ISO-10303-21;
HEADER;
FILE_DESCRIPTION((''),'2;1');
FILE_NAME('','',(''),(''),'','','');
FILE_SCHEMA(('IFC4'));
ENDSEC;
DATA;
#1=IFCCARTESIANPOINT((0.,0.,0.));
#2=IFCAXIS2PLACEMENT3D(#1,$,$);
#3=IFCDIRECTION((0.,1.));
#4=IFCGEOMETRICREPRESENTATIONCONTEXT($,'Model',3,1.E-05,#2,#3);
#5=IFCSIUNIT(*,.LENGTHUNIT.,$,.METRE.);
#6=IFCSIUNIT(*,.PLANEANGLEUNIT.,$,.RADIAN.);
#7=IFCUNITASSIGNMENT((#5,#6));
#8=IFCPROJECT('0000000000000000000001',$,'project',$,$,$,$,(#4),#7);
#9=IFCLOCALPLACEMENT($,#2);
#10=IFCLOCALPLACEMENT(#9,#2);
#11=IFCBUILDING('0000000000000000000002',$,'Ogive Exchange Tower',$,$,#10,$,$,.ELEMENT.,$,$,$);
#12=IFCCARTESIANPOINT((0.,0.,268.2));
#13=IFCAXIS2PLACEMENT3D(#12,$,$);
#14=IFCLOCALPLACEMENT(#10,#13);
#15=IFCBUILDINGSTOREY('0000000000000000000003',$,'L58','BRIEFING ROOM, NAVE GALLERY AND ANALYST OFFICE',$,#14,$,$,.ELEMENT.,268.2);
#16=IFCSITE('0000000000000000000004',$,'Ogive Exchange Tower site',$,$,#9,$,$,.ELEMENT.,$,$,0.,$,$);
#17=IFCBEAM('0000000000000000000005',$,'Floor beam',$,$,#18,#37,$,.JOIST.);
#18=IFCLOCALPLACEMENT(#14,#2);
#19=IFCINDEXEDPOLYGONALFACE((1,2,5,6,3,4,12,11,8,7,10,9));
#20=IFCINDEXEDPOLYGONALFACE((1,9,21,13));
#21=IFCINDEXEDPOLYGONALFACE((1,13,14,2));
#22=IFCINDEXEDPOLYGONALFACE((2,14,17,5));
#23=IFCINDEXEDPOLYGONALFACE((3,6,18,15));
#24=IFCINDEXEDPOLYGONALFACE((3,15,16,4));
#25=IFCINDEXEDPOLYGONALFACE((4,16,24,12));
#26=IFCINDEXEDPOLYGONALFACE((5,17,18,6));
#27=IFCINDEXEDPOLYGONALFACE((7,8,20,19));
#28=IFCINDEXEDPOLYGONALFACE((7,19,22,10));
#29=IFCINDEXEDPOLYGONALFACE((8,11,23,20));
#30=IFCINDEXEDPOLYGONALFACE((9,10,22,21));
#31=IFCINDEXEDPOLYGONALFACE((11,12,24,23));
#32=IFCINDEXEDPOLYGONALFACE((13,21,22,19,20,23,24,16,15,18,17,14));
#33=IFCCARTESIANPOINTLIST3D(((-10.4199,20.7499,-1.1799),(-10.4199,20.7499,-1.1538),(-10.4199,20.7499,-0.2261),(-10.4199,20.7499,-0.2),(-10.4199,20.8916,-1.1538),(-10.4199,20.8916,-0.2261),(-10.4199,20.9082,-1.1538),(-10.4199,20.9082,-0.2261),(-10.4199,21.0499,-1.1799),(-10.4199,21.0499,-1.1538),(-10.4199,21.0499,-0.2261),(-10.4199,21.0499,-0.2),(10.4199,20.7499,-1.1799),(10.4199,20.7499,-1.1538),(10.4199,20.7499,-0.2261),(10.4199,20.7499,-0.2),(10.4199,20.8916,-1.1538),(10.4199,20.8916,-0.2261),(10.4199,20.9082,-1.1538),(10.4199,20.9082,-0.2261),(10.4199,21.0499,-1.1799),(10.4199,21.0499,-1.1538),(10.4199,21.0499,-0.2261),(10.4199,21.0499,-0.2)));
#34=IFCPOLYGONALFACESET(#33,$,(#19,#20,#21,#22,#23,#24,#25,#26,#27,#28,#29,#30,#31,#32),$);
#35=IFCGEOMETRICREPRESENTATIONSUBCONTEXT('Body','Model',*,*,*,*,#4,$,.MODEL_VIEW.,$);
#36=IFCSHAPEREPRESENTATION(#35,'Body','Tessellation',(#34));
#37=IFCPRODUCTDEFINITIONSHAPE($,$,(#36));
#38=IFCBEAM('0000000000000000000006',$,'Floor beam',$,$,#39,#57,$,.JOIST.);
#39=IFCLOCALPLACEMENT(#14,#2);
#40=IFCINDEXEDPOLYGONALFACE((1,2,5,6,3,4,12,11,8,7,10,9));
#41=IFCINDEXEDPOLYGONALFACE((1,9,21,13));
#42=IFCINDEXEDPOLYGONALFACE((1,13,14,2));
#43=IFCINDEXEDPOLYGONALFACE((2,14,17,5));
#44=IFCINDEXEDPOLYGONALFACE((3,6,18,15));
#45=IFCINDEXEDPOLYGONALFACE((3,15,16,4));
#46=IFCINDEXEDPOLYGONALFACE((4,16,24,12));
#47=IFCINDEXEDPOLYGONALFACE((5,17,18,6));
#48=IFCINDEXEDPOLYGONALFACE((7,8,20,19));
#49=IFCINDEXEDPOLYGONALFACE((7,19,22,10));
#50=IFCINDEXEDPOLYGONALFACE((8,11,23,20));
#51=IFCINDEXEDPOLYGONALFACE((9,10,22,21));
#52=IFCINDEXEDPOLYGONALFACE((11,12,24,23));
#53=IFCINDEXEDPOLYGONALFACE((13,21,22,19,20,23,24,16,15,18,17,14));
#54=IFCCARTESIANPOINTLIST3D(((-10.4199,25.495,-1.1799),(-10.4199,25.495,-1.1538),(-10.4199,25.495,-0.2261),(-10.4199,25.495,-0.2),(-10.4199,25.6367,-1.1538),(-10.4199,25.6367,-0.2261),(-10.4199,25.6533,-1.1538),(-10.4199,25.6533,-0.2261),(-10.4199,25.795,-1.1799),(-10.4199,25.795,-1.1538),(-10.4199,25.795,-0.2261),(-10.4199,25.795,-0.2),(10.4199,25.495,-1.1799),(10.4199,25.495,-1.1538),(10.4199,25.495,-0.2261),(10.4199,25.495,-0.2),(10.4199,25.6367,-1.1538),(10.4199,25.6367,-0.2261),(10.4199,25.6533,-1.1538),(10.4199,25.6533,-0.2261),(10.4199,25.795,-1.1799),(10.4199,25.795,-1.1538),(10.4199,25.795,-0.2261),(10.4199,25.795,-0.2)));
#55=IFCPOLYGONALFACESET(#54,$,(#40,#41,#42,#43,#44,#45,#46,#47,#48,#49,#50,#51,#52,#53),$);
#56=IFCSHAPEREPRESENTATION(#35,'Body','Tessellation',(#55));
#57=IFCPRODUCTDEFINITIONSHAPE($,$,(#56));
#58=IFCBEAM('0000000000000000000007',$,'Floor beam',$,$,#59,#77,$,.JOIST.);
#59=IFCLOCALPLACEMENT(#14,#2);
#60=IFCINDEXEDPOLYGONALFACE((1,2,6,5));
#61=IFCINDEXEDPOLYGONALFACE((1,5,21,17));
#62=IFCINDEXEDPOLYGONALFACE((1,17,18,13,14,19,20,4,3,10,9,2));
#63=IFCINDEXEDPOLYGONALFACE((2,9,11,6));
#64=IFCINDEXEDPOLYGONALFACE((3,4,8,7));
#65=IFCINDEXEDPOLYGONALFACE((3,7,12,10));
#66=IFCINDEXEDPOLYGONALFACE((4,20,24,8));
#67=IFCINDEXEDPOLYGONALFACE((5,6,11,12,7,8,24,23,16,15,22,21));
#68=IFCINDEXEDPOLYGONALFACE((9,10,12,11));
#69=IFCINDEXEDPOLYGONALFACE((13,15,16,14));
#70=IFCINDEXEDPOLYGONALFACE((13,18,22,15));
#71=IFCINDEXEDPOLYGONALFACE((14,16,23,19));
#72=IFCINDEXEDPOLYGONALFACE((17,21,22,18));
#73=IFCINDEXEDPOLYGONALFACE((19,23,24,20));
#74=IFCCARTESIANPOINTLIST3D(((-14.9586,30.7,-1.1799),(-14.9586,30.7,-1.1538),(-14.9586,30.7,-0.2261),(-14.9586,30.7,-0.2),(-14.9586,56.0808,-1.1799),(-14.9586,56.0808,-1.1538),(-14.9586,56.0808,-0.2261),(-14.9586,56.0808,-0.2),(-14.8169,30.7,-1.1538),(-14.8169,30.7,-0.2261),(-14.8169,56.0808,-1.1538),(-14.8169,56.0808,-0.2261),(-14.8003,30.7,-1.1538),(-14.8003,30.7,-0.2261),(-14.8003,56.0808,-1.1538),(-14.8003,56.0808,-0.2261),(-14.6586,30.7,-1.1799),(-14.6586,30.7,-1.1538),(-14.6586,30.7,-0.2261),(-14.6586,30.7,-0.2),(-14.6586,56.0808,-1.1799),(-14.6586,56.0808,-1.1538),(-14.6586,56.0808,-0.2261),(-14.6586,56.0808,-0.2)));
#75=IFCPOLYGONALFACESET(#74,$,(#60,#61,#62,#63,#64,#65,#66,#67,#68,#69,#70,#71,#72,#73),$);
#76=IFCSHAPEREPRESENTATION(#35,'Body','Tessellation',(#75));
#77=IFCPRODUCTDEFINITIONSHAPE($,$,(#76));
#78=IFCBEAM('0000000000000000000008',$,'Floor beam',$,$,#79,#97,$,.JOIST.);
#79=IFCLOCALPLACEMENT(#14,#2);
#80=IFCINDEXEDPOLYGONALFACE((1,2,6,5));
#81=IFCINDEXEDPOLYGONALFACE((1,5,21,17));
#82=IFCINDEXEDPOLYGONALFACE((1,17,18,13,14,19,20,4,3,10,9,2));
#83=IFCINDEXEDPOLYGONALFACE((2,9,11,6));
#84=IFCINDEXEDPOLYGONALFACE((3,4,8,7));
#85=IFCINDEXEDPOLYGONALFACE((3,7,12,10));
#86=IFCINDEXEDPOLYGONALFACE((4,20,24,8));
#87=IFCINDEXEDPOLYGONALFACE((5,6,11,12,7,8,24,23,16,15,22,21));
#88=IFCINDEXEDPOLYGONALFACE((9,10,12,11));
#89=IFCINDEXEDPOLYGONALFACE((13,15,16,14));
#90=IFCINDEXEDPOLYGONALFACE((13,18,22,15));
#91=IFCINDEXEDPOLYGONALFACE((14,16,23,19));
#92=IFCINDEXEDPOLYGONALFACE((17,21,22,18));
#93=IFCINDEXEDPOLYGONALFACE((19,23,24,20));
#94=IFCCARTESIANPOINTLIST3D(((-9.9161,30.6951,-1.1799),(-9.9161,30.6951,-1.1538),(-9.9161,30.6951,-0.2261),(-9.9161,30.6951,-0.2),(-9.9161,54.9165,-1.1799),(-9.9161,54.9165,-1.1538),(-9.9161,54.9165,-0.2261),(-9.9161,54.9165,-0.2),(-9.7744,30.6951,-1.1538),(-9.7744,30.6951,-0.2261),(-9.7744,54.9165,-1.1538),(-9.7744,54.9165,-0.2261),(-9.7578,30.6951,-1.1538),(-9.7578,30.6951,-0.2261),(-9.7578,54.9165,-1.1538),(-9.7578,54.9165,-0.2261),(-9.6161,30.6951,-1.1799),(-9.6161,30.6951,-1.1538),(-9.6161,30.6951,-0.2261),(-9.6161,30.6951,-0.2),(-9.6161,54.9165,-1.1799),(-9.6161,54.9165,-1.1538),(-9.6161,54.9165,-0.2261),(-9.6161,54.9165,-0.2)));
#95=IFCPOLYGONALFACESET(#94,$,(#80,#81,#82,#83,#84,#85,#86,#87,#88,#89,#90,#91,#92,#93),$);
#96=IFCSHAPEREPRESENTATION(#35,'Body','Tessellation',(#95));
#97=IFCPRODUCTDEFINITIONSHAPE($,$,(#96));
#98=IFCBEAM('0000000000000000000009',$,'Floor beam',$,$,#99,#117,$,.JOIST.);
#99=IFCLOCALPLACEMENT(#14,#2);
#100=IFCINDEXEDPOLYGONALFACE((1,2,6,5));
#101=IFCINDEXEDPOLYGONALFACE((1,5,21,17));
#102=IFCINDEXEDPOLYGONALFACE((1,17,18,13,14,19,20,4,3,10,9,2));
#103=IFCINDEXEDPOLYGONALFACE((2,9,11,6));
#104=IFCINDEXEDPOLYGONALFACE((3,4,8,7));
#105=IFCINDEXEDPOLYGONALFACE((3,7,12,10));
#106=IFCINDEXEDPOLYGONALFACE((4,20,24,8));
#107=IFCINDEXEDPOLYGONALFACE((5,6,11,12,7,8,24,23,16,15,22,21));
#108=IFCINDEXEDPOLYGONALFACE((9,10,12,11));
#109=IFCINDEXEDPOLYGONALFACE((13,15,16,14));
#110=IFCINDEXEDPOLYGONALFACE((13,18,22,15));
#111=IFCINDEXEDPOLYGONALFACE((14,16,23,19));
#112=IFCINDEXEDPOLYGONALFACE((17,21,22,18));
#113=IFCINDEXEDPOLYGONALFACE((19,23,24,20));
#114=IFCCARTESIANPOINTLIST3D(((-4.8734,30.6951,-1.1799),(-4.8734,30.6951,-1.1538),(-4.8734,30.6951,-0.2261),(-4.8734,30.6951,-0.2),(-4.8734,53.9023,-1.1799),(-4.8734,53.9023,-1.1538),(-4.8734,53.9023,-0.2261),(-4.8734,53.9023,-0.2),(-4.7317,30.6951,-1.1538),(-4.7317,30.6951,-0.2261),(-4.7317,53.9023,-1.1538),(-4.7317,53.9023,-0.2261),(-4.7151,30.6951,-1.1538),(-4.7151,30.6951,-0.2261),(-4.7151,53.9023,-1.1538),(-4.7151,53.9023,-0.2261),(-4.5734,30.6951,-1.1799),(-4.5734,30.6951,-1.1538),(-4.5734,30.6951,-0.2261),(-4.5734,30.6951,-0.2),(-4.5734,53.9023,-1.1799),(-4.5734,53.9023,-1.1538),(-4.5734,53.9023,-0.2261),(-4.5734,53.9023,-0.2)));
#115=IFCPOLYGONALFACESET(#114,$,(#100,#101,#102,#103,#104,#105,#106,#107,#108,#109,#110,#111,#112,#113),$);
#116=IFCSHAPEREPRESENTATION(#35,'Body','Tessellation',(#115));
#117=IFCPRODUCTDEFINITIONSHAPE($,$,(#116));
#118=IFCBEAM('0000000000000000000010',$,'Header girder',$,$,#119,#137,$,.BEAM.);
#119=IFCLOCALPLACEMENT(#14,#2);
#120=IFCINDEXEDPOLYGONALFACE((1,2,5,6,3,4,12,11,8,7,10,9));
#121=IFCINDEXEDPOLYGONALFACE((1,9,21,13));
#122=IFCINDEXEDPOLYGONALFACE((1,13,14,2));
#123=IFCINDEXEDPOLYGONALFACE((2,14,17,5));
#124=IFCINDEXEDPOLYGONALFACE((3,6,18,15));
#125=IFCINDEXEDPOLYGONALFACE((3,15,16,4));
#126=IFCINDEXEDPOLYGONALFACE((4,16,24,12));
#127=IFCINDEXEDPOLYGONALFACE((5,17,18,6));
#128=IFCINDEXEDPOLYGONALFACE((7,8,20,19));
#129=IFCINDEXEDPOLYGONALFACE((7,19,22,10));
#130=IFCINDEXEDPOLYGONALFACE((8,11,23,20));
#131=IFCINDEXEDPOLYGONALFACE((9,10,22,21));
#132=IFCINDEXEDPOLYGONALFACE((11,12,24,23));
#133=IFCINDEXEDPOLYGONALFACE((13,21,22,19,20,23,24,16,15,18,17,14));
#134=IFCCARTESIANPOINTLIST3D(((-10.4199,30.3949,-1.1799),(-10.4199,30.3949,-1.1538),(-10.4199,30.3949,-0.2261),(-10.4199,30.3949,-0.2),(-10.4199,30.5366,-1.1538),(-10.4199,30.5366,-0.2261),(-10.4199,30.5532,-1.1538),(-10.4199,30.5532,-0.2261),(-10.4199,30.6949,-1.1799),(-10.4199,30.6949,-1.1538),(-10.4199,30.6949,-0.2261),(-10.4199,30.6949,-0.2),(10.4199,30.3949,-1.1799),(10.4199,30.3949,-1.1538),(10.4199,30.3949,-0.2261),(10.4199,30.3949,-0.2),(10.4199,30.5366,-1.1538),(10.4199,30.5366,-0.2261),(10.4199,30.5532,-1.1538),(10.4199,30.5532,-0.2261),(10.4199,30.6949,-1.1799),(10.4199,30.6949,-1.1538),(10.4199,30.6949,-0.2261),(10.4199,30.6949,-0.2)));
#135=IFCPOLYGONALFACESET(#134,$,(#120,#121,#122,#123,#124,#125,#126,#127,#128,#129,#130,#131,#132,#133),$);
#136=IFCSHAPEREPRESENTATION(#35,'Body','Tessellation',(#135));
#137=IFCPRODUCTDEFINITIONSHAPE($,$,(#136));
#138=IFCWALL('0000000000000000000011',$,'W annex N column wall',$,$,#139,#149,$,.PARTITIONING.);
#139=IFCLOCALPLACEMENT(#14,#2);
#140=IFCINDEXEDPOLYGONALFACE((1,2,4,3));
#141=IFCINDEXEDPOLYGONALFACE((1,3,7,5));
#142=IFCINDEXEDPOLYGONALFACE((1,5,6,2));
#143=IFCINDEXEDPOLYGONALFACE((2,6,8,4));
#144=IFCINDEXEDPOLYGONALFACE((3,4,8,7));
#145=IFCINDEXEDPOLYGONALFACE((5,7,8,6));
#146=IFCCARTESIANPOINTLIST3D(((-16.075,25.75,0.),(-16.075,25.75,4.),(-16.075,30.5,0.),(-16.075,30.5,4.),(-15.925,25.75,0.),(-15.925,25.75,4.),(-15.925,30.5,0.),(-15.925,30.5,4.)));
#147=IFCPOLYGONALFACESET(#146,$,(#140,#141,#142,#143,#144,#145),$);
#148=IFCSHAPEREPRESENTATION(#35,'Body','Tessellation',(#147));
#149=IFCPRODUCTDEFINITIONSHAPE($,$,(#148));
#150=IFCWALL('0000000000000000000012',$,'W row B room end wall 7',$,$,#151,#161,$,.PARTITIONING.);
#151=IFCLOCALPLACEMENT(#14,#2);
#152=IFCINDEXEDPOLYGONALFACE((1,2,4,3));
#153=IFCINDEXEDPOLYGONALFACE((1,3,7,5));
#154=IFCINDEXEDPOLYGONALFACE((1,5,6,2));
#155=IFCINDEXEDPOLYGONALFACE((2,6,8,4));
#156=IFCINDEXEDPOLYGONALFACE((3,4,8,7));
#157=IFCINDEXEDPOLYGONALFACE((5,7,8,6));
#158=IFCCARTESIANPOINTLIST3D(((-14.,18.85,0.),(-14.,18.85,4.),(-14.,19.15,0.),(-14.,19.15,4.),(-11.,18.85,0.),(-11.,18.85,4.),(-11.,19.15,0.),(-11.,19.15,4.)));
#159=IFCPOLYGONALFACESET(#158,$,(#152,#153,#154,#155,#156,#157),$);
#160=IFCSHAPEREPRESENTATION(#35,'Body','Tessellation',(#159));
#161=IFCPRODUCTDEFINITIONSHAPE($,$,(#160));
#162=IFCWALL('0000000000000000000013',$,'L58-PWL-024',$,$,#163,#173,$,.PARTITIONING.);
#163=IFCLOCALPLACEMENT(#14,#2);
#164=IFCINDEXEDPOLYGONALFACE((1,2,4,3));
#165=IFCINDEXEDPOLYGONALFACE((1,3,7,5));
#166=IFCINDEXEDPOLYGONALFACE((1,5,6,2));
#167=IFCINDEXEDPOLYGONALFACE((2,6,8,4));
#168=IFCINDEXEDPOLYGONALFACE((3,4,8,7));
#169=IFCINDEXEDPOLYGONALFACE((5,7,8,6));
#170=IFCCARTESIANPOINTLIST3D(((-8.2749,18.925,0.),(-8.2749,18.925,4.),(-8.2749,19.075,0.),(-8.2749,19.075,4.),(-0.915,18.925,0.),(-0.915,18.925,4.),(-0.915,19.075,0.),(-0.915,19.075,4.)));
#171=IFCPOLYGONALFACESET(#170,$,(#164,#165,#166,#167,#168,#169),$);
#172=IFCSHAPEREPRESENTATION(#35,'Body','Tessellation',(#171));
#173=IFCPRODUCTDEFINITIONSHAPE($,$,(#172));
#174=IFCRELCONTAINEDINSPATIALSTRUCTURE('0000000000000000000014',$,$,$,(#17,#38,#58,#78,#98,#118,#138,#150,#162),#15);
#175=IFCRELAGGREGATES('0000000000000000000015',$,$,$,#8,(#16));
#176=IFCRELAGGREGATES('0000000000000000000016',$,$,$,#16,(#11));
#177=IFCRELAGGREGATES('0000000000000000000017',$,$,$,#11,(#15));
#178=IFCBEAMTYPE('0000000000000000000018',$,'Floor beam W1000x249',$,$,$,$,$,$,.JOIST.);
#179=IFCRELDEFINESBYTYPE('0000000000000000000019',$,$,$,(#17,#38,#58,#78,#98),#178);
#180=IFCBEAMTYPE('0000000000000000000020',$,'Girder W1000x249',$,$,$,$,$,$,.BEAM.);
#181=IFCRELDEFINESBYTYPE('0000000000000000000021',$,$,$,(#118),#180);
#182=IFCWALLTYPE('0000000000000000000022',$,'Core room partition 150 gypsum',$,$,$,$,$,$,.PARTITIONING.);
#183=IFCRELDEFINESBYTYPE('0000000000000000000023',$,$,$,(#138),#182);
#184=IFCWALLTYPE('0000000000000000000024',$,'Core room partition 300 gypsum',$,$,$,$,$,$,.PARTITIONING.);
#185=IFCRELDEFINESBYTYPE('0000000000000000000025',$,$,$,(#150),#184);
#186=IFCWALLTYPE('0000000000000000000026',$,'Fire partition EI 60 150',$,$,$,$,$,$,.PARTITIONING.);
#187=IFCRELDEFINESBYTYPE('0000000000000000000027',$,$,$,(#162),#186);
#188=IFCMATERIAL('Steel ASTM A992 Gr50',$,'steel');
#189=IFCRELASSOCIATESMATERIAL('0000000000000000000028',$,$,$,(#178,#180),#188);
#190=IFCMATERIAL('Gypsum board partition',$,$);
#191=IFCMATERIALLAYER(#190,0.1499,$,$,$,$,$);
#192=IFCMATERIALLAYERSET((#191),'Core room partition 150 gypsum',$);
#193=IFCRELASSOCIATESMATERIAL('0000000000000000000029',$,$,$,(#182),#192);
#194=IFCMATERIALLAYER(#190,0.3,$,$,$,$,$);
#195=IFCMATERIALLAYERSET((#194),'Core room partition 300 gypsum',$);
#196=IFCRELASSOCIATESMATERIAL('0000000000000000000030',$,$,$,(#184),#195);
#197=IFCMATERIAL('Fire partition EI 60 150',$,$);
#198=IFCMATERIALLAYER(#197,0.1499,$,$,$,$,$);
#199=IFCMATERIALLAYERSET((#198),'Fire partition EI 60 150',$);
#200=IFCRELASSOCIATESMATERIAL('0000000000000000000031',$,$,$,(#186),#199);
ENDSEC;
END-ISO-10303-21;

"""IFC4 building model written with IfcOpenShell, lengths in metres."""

from ifc_helpers import new_model, si_unit, direction, frame, frame_2d, origin, origin_2d, place, context, subcontext, project, spatial, rectangle, i_section, extrude, material, layer, layer_set, material_profile, profile_set, type_object, element, save


model = new_model("IFC4")

# Units and contexts
model_context = context("Model", 3, precision=1e-05, world=origin(), true_north=direction((0.0, 1.0)))
body_context = subcontext(model_context, "Body", "Model", "MODEL_VIEW")
ifc_project = project(units=[si_unit("LENGTHUNIT", "METRE"), si_unit("PLANEANGLEUNIT", "RADIAN")], contexts=[model_context])

# Site, building, storey
site_placement = place(None, origin())
site = spatial("IfcSite", under=ifc_project, at=site_placement, Name="Ogive Exchange Tower site", CompositionType="ELEMENT", RefElevation=0.0)
building_placement = place(site_placement, origin())
building = spatial("IfcBuilding", under=site, at=building_placement, Name="Ogive Exchange Tower", CompositionType="ELEMENT")
storey_placement = place(building_placement, frame((0.0, 0.0, 268.2)))
storey = spatial("IfcBuildingStorey", under=building, at=storey_placement, Name="L58", Description="BRIEFING ROOM, NAVE GALLERY AND ANALYST OFFICE", CompositionType="ELEMENT", Elevation=268.2)

# Beams
ifc_material_1 = material(Name="Steel ASTM A992 Gr50", Category="steel")
ifc_material_profile_1 = material_profile(ifc_material_1, i_section(OverallWidth=0.3, OverallDepth=0.98, WebThickness=0.0166, FlangeThickness=0.0261, at=origin_2d()), Name="W1000x249")
ifc_profile_set_1 = profile_set([ifc_material_profile_1], Name="Steel ASTM A992 Gr50")
beam_type_1 = type_object("IfcBeamType", Name="Floor beam W1000x249", PredefinedType="JOIST", material=ifc_profile_set_1)
for number, where, z_axis, x_axis, name in (
    (1, (-10.4199, 20.8999, -0.6899), (1.0, 0.0, 0.0), (0.0, 1.0, 0.0), "Floor beam"),
    (2, (-10.4199, 25.645, -0.6899), (1.0, 0.0, 0.0), (0.0, 1.0, 0.0), "Floor beam"),
):
    element("IfcBeam", number, at=place(storey_placement, frame(where, z_axis=z_axis, x_axis=x_axis)), inside=storey, type_object=beam_type_1, Name=name, PredefinedType="JOIST", context=body_context, shape_type="SweptSolid", body=[
        extrude(i_section(OverallWidth=0.3, OverallDepth=0.98, WebThickness=0.0166, FlangeThickness=0.0261, at=origin_2d()), origin(), (0.0, 0.0, 1.0), 20.8398),
    ])
beam_1_placement = place(storey_placement, frame((-14.8086, 30.7, -0.6899), z_axis=(0.0, 1.0, 0.0), x_axis=(-1.0, 0.0, 0.0)))
element("IfcBeam", 3, at=beam_1_placement, inside=storey, type_object=beam_type_1, Name="Floor beam", PredefinedType="JOIST", context=body_context, shape_type="SweptSolid", body=[
    extrude(i_section(OverallWidth=0.3, OverallDepth=0.98, WebThickness=0.0166, FlangeThickness=0.0261, at=origin_2d()), origin(), (0.0, 0.0, 1.0), 25.3809),
])
beam_2_placement = place(storey_placement, frame((-9.7661, 30.6951, -0.6899), z_axis=(0.0, 1.0, 0.0), x_axis=(-1.0, 0.0, 0.0)))
element("IfcBeam", 4, at=beam_2_placement, inside=storey, type_object=beam_type_1, Name="Floor beam", PredefinedType="JOIST", context=body_context, shape_type="SweptSolid", body=[
    extrude(i_section(OverallWidth=0.3, OverallDepth=0.98, WebThickness=0.0166, FlangeThickness=0.0261, at=origin_2d()), origin(), (0.0, 0.0, 1.0), 24.2214),
])
beam_3_placement = place(storey_placement, frame((-4.7234, 30.6951, -0.6899), z_axis=(0.0, 1.0, 0.0), x_axis=(-1.0, 0.0, 0.0)))
element("IfcBeam", 5, at=beam_3_placement, inside=storey, type_object=beam_type_1, Name="Floor beam", PredefinedType="JOIST", context=body_context, shape_type="SweptSolid", body=[
    extrude(i_section(OverallWidth=0.3, OverallDepth=0.98, WebThickness=0.0166, FlangeThickness=0.0261, at=origin_2d()), origin(), (0.0, 0.0, 1.0), 23.2073),
])
ifc_material_profile_2 = material_profile(ifc_material_1, i_section(OverallWidth=0.3, OverallDepth=0.98, WebThickness=0.0166, FlangeThickness=0.0261, at=origin_2d()), Name="W1000x249")
ifc_profile_set_2 = profile_set([ifc_material_profile_2], Name="Steel ASTM A992 Gr50")
beam_type_2 = type_object("IfcBeamType", Name="Girder W1000x249", PredefinedType="BEAM", material=ifc_profile_set_2)
beam_4_placement = place(storey_placement, frame((-10.4199, 30.5449, -0.6899), z_axis=(1.0, 0.0, 0.0), x_axis=(0.0, 1.0, 0.0)))
element("IfcBeam", 6, at=beam_4_placement, inside=storey, type_object=beam_type_2, Name="Header girder", PredefinedType="BEAM", context=body_context, shape_type="SweptSolid", body=[
    extrude(i_section(OverallWidth=0.3, OverallDepth=0.98, WebThickness=0.0166, FlangeThickness=0.0261, at=origin_2d()), origin(), (0.0, 0.0, 1.0), 20.8398),
])

# Walls
ifc_material_2 = material(Name="Gypsum board partition")
ifc_layer_1 = layer(ifc_material_2, 0.1499)
ifc_layer_set_1 = layer_set([ifc_layer_1], Name="Core room partition 150 gypsum")
wall_type_1 = type_object("IfcWallType", Name="Core room partition 150 gypsum", PredefinedType="PARTITIONING", material=ifc_layer_set_1)
wall_1_placement = place(storey_placement, frame((-16.0, 25.75, 0.0), z_axis=(0.0, 0.0, 1.0), x_axis=(0.0, 1.0, 0.0)))
element("IfcWall", 7, at=wall_1_placement, inside=storey, type_object=wall_type_1, Name="W annex N column wall", PredefinedType="PARTITIONING", context=body_context, shape_type="SweptSolid", body=[
    extrude(rectangle(XDim=4.75, YDim=0.1499, at=frame_2d((2.375, 0.0))), origin(), (0.0, 0.0, 1.0), 4.0),
])
ifc_layer_2 = layer(ifc_material_2, 0.3)
ifc_layer_set_2 = layer_set([ifc_layer_2], Name="Core room partition 300 gypsum")
wall_type_2 = type_object("IfcWallType", Name="Core room partition 300 gypsum", PredefinedType="PARTITIONING", material=ifc_layer_set_2)
wall_2_placement = place(storey_placement, frame((-14.0, 19.0, 0.0), z_axis=(0.0, 0.0, 1.0), x_axis=(1.0, 0.0, 0.0)))
element("IfcWall", 8, at=wall_2_placement, inside=storey, type_object=wall_type_2, Name="W row B room end wall 7", PredefinedType="PARTITIONING", context=body_context, shape_type="SweptSolid", body=[
    extrude(rectangle(XDim=3.0, YDim=0.3, at=frame_2d((1.5, 0.0))), origin(), (0.0, 0.0, 1.0), 4.0),
])
ifc_material_3 = material(Name="Fire partition EI 60 150")
ifc_layer_3 = layer(ifc_material_3, 0.1499)
ifc_layer_set_3 = layer_set([ifc_layer_3], Name="Fire partition EI 60 150")
wall_type_3 = type_object("IfcWallType", Name="Fire partition EI 60 150", PredefinedType="PARTITIONING", material=ifc_layer_set_3)
wall_3_placement = place(storey_placement, frame((-8.2749, 19.0, 0.0), z_axis=(0.0, 0.0, 1.0), x_axis=(1.0, 0.0, 0.0)))
element("IfcWall", 9, at=wall_3_placement, inside=storey, type_object=wall_type_3, Name="L58-PWL-024", PredefinedType="PARTITIONING", context=body_context, shape_type="SweptSolid", body=[
    extrude(rectangle(XDim=7.3599, YDim=0.1499, at=frame_2d((3.6799, 0.0))), origin(), (0.0, 0.0, 1.0), 4.0),
])

save(model, "model.ifc")
